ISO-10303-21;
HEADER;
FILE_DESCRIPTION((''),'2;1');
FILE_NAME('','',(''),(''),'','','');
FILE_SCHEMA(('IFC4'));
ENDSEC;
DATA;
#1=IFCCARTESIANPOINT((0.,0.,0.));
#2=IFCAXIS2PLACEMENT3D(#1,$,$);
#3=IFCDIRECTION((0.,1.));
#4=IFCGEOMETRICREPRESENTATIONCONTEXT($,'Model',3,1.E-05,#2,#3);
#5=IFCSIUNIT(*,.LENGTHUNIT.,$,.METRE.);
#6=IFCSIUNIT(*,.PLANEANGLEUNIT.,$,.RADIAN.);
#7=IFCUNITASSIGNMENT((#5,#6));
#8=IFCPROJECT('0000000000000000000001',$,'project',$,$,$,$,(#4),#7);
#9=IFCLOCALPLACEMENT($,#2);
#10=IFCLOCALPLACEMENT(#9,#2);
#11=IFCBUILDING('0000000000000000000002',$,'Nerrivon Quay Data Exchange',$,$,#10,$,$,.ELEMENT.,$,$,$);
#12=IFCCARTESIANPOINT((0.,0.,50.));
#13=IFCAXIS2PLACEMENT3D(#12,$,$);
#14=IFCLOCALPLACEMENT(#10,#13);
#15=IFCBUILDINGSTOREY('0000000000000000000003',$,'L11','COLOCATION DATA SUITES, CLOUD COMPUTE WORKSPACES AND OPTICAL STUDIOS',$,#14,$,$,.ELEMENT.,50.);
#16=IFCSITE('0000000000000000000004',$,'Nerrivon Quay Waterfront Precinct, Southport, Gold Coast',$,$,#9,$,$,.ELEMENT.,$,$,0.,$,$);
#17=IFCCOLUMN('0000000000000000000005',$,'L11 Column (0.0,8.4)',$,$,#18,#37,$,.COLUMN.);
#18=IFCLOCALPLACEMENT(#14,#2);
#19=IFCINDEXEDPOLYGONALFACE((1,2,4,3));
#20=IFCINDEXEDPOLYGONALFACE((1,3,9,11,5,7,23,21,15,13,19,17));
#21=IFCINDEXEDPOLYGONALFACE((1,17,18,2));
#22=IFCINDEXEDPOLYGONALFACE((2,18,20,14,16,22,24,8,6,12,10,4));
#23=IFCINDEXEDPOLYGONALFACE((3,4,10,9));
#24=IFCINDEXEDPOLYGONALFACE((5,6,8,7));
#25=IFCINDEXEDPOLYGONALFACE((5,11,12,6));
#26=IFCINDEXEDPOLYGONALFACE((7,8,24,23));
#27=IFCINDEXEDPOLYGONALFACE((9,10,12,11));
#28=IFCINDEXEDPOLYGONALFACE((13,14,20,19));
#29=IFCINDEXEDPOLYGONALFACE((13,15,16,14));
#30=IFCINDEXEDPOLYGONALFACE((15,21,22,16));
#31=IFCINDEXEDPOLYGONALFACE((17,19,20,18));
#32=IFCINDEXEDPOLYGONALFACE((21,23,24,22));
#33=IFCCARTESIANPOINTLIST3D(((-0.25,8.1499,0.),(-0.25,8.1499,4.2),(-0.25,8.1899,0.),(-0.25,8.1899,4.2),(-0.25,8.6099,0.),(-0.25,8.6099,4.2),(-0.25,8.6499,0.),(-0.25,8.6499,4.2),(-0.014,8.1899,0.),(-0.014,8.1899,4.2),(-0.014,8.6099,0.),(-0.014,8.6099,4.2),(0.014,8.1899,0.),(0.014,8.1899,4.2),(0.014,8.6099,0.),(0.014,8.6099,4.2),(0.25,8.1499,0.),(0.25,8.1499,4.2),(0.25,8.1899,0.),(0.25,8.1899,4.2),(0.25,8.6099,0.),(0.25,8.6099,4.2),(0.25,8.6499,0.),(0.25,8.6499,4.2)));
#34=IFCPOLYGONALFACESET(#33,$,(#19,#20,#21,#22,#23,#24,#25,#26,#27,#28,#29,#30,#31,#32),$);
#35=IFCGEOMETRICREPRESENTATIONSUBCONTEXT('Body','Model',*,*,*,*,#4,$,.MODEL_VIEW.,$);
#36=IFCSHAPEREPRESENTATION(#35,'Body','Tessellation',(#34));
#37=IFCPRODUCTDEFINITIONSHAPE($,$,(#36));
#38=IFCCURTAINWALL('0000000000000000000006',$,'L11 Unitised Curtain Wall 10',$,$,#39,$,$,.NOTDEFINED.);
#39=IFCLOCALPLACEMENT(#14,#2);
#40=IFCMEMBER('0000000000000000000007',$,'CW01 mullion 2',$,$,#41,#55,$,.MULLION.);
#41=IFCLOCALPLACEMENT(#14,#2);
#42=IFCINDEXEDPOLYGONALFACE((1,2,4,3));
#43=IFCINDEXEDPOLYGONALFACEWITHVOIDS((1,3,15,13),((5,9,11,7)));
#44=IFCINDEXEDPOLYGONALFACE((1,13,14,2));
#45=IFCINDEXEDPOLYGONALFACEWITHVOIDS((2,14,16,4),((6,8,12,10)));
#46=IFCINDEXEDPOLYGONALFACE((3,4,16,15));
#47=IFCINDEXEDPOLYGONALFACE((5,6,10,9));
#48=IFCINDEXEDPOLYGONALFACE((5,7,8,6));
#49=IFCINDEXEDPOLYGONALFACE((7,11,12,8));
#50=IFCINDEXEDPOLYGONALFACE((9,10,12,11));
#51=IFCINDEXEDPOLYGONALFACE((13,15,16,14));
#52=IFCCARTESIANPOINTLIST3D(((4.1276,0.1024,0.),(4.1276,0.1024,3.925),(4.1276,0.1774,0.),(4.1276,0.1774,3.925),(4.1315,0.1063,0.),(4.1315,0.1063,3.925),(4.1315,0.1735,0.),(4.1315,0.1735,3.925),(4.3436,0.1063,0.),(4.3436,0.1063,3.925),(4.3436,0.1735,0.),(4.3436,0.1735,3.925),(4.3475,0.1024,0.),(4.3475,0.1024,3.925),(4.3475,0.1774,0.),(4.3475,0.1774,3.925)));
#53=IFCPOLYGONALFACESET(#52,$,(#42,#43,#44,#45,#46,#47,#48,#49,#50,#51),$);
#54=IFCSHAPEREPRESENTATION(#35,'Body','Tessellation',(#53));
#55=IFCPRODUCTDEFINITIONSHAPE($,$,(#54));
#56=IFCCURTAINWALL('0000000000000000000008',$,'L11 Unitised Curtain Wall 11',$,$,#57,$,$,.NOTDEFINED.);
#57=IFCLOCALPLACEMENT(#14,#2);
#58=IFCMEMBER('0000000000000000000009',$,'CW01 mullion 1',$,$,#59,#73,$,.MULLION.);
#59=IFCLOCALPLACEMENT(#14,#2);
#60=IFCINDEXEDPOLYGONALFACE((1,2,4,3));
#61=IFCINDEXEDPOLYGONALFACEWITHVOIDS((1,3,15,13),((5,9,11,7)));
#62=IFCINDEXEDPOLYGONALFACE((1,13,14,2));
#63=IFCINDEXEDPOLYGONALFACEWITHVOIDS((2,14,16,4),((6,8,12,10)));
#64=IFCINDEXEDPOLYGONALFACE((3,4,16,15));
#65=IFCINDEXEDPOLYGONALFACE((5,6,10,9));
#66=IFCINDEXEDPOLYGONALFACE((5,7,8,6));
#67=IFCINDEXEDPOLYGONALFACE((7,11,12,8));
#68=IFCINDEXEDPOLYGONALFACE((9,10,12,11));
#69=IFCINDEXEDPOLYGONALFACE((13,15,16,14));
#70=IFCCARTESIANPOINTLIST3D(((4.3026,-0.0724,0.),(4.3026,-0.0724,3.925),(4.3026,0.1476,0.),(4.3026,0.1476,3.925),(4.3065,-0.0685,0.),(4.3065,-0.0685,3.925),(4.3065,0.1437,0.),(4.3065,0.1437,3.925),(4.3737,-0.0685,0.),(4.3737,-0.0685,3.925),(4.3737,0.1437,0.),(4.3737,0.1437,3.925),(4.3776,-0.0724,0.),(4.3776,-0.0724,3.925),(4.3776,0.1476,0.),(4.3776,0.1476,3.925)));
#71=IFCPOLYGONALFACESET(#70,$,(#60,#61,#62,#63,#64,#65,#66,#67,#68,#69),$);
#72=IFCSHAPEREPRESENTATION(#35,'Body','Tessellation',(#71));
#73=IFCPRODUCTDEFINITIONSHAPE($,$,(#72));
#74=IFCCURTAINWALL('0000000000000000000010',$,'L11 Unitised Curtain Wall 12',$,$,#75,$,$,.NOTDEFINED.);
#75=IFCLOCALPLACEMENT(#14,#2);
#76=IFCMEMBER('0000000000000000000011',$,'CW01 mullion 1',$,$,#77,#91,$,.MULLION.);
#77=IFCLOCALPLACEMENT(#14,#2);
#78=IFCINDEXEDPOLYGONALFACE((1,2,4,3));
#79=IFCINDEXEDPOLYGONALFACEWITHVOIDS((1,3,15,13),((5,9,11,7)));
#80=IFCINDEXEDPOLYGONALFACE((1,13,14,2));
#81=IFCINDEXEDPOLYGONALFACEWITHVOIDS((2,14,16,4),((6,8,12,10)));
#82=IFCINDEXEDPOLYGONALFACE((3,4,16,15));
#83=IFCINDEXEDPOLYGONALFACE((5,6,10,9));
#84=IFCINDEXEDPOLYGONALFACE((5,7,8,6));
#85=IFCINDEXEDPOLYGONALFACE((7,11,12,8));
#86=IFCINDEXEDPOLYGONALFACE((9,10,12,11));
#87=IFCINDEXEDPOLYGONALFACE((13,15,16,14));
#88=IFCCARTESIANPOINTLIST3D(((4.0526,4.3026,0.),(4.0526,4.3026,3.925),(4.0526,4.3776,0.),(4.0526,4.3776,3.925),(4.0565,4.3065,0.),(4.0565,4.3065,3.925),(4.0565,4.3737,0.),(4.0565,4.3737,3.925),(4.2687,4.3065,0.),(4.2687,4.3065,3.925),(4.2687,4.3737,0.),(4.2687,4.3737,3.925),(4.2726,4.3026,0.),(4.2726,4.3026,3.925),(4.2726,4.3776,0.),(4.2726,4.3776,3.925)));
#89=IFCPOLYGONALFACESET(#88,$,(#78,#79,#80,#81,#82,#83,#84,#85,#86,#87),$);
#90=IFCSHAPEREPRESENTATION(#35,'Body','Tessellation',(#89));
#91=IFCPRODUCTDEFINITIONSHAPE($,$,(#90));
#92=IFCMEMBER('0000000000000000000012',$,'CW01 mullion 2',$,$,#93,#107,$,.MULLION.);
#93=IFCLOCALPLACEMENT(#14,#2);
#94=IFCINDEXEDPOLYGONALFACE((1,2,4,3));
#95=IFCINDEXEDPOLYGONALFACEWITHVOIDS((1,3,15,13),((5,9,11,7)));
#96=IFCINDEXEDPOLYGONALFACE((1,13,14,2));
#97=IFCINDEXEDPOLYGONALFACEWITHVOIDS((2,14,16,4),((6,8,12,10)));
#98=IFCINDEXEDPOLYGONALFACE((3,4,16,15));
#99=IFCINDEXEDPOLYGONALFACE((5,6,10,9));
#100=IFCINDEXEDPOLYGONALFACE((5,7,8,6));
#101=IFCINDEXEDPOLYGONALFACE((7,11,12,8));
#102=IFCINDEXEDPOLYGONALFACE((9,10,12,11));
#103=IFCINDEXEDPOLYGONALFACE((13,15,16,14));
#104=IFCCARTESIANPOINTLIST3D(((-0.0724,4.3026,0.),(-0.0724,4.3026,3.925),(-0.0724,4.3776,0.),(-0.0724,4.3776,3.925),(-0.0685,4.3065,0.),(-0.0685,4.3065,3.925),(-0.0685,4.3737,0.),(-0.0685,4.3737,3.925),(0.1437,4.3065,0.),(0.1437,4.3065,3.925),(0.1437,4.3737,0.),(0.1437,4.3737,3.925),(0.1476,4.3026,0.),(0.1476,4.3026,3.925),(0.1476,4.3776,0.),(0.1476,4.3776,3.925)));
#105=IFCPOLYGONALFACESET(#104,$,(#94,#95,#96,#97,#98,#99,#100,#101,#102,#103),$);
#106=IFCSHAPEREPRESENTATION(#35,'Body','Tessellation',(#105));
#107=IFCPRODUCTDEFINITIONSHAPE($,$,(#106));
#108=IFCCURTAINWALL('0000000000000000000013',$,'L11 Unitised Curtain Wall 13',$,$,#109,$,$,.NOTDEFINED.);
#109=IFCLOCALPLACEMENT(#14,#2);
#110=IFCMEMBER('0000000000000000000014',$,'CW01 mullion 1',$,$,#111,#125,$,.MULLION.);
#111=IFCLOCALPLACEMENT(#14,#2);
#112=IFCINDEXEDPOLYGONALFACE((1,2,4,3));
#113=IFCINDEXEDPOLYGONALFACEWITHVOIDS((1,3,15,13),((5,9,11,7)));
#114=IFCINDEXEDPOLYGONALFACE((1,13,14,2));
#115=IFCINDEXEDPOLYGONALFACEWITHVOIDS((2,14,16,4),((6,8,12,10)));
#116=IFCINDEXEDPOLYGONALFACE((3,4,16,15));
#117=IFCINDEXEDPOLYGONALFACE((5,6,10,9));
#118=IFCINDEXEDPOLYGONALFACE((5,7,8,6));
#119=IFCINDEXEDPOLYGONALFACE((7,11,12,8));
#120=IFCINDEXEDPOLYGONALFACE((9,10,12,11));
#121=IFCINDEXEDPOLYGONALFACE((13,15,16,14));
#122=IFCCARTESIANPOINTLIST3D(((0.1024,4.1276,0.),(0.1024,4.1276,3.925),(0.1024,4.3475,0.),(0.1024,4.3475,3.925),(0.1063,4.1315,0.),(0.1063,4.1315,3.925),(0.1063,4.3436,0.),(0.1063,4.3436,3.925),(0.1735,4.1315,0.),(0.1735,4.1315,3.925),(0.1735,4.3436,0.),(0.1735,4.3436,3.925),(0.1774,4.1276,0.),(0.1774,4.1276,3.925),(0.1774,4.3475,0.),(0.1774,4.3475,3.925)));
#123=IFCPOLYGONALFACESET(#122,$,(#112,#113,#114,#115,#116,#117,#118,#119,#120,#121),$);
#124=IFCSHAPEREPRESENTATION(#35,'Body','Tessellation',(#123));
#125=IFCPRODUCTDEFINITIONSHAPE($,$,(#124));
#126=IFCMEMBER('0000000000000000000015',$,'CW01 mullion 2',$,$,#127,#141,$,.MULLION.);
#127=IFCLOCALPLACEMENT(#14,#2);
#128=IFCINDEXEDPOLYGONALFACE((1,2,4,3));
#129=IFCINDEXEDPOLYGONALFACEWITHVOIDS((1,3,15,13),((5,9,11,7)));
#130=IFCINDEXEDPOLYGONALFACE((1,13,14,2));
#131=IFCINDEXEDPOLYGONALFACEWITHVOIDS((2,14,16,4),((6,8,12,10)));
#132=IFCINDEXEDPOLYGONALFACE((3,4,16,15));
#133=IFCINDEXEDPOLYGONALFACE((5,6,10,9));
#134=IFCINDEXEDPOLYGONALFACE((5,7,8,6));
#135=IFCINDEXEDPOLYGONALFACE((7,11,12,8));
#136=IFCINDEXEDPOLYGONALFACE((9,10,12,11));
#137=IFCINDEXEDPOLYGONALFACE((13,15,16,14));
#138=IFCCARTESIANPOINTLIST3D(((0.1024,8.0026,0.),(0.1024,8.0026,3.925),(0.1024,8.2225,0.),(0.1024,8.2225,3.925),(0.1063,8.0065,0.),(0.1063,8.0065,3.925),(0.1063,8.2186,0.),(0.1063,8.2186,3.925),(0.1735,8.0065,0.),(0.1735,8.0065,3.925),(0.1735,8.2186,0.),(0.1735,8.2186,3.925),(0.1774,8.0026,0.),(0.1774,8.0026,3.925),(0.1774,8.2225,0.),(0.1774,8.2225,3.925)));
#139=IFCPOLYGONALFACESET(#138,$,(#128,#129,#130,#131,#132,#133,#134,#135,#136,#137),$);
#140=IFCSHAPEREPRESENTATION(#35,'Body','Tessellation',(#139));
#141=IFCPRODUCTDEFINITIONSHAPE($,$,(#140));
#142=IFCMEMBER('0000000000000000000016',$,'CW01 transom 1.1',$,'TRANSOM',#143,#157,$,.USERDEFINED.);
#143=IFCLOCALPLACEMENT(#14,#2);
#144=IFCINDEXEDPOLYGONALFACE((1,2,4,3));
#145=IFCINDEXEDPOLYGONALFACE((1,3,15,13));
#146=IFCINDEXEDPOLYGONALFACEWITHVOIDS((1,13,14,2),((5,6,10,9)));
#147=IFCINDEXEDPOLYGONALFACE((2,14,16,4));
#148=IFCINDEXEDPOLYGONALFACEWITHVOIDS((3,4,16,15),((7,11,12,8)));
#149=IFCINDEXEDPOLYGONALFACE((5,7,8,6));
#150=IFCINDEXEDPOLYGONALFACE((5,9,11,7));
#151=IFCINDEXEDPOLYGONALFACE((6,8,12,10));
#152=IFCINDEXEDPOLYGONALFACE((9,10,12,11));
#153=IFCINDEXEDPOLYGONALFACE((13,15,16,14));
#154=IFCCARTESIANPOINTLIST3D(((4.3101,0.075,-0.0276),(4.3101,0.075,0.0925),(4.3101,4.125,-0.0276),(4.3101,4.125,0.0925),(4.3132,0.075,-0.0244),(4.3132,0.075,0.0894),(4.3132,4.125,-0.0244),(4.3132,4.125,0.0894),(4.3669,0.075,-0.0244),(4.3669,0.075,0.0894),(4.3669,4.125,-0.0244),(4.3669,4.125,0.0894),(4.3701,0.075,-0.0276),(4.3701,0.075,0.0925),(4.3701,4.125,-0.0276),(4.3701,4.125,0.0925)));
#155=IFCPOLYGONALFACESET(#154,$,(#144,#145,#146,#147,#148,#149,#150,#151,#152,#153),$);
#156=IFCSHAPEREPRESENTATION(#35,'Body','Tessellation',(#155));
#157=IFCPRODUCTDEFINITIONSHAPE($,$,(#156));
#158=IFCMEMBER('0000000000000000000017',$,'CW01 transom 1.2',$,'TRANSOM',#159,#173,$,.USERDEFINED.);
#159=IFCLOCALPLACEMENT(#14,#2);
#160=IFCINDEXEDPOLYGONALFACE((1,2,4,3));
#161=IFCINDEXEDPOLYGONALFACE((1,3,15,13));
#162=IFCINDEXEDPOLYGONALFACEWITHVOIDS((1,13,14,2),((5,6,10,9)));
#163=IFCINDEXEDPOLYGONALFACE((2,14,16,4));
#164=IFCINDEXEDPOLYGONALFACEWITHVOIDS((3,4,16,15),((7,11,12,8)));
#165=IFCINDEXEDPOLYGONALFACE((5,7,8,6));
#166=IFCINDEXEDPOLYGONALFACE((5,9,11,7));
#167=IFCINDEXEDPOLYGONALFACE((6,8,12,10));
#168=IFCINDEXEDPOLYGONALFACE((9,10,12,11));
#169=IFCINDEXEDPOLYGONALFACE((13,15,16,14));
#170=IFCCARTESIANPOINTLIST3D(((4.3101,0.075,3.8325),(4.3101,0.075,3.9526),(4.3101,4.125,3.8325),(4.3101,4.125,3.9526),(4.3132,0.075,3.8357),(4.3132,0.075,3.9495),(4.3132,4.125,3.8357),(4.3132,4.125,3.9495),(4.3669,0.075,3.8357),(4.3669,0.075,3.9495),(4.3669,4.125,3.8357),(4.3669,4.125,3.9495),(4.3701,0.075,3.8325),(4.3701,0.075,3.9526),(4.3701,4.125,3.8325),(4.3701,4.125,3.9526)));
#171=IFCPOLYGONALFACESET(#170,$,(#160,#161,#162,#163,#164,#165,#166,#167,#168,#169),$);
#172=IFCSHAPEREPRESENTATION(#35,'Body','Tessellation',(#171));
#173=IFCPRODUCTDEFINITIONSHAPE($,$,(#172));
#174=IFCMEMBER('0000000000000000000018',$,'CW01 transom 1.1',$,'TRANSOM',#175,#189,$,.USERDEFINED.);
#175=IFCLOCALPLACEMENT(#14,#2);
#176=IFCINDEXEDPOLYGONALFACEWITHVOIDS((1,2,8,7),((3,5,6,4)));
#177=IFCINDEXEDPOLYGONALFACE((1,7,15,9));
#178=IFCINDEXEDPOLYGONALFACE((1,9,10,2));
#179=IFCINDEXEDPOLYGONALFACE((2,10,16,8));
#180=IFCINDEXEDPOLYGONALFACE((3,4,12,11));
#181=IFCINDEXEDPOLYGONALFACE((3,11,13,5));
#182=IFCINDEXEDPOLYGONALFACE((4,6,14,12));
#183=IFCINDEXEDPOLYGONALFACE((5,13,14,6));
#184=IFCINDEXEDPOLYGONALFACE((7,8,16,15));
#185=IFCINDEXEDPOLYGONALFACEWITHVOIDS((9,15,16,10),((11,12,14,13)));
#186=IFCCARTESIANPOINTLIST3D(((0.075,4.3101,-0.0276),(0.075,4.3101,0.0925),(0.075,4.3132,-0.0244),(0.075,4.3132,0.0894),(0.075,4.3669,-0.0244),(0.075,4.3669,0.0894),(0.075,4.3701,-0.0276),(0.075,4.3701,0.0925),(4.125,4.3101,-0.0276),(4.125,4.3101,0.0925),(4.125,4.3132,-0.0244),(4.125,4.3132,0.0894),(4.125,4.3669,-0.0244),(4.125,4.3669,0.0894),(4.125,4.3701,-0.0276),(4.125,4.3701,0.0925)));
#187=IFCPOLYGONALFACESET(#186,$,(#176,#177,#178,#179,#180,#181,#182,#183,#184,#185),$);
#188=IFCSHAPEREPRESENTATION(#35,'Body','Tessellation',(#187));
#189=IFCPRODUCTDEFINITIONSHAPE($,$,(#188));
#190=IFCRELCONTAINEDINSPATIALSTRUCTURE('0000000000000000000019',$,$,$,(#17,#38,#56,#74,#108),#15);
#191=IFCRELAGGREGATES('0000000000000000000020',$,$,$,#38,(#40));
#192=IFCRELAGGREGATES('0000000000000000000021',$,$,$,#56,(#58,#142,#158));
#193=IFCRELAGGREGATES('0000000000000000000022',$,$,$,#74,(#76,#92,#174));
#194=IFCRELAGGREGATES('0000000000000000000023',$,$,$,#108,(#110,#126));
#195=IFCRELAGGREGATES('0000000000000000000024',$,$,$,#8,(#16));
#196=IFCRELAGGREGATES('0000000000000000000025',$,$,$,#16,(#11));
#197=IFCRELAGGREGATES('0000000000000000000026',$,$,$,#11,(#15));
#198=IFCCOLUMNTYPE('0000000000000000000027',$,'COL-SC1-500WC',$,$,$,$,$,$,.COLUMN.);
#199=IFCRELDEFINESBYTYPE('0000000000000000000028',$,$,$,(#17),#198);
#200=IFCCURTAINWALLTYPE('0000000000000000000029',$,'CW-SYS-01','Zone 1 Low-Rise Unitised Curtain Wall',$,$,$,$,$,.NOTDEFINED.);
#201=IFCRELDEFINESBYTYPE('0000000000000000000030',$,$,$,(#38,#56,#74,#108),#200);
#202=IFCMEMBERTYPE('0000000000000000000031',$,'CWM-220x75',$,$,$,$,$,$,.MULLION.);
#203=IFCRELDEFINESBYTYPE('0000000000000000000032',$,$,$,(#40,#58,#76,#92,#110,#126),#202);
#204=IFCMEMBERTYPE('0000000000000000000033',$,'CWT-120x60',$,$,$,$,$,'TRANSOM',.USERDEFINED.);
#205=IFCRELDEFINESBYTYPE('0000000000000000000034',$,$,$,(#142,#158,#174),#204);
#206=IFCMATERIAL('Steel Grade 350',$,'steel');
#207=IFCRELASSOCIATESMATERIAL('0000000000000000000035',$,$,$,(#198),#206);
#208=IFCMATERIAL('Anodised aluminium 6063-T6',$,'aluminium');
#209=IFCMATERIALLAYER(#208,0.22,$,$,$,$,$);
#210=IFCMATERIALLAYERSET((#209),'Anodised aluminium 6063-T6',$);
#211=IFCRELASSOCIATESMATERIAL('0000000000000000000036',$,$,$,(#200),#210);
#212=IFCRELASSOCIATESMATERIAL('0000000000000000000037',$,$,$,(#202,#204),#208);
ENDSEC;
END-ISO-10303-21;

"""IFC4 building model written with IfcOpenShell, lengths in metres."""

from ifc_helpers import new_model, si_unit, direction, frame, origin, origin_2d, place, context, subcontext, project, spatial, hollow_rectangle, i_section, extrude, material, layer, layer_set, material_profile, profile_set, type_object, element, aggregate, save


model = new_model("IFC4")

# Units and contexts
model_context = context("Model", 3, precision=1e-05, world=origin(), true_north=direction((0.0, 1.0)))
body_context = subcontext(model_context, "Body", "Model", "MODEL_VIEW")
ifc_project = project(units=[si_unit("LENGTHUNIT", "METRE"), si_unit("PLANEANGLEUNIT", "RADIAN")], contexts=[model_context])

# Site, building, storey
site_placement = place(None, origin())
site = spatial("IfcSite", under=ifc_project, at=site_placement, Name="Nerrivon Quay Waterfront Precinct, Southport, Gold Coast", CompositionType="ELEMENT", RefElevation=0.0)
building_placement = place(site_placement, origin())
building = spatial("IfcBuilding", under=site, at=building_placement, Name="Nerrivon Quay Data Exchange", CompositionType="ELEMENT")
storey_placement = place(building_placement, frame((0.0, 0.0, 50.0)))
storey = spatial("IfcBuildingStorey", under=building, at=storey_placement, Name="L11", Description="COLOCATION DATA SUITES, CLOUD COMPUTE WORKSPACES AND OPTICAL STUDIOS", CompositionType="ELEMENT", Elevation=50.0)

# Column
ifc_material_1 = material(Name="Steel Grade 350", Category="steel")
ifc_material_profile_1 = material_profile(ifc_material_1, i_section(OverallWidth=0.5, OverallDepth=0.5, WebThickness=0.0281, FlangeThickness=0.04, at=origin_2d()), Name="500WC440")
ifc_profile_set_1 = profile_set([ifc_material_profile_1], Name="Steel Grade 350")
column_type = type_object("IfcColumnType", Name="COL-SC1-500WC", PredefinedType="COLUMN", material=ifc_profile_set_1)
column_placement = place(storey_placement, frame((0.0, 8.3999, 0.0), z_axis=(0.0, 0.0, 1.0), x_axis=(1.0, 0.0, 0.0)))
element("IfcColumn", 1, at=column_placement, inside=storey, type_object=column_type, Name="L11 Column (0.0,8.4)", PredefinedType="COLUMN", context=body_context, shape_type="SweptSolid", body=[
    extrude(i_section(OverallWidth=0.5, OverallDepth=0.5, WebThickness=0.0281, FlangeThickness=0.04, at=origin_2d()), origin(), (0.0, 0.0, 1.0), 4.2),
])

# Curtain walls, members
ifc_material_2 = material(Name="Anodised aluminium 6063-T6", Category="aluminium")
ifc_layer_1 = layer(ifc_material_2, 0.22)
ifc_layer_set_1 = layer_set([ifc_layer_1], Name="Anodised aluminium 6063-T6")
curtain_wall_type = type_object("IfcCurtainWallType", Name="CW-SYS-01", Description="Zone 1 Low-Rise Unitised Curtain Wall", PredefinedType="NOTDEFINED", material=ifc_layer_set_1)
curtain_wall_1_placement = place(storey_placement, origin())
curtain_wall_1 = element("IfcCurtainWall", 2, at=curtain_wall_1_placement, inside=storey, type_object=curtain_wall_type, Name="L11 Unitised Curtain Wall 10", PredefinedType="NOTDEFINED")
ifc_material_profile_2 = material_profile(ifc_material_2, hollow_rectangle(XDim=0.075, YDim=0.22, WallThickness=0.0039, at=origin_2d()), Name="ALU-MULL-220x75")
ifc_profile_set_2 = profile_set([ifc_material_profile_2], Name="Anodised aluminium 6063-T6")
member_type_1 = type_object("IfcMemberType", Name="CWM-220x75", PredefinedType="MULLION", material=ifc_profile_set_2)
member_1_placement = place(storey_placement, frame((4.2375, 0.1399, 0.0), z_axis=(0.0, 0.0, 1.0), x_axis=(0.0, -1.0, 0.0)))
member_1 = element("IfcMember", 3, at=member_1_placement, type_object=member_type_1, Name="CW01 mullion 2", PredefinedType="MULLION", context=body_context, shape_type="SweptSolid", body=[
    extrude(hollow_rectangle(XDim=0.075, YDim=0.22, WallThickness=0.0039, at=origin_2d()), origin(), (0.0, 0.0, 1.0), 3.925),
])
aggregate(curtain_wall_1, [member_1])
curtain_wall_2_placement = place(storey_placement, origin())
curtain_wall_2 = element("IfcCurtainWall", 4, at=curtain_wall_2_placement, inside=storey, type_object=curtain_wall_type, Name="L11 Unitised Curtain Wall 11", PredefinedType="NOTDEFINED")
member_2_placement = place(storey_placement, frame((4.3401, 0.0376, 0.0), z_axis=(0.0, 0.0, 1.0), x_axis=(-1.0, 0.0, 0.0)))
member_2 = element("IfcMember", 5, at=member_2_placement, type_object=member_type_1, Name="CW01 mullion 1", PredefinedType="MULLION", context=body_context, shape_type="SweptSolid", body=[
    extrude(hollow_rectangle(XDim=0.075, YDim=0.22, WallThickness=0.0039, at=origin_2d()), origin(), (0.0, 0.0, 1.0), 3.925),
])

# Curtain walls, members
curtain_wall_3_placement = place(storey_placement, origin())
curtain_wall_3 = element("IfcCurtainWall", 6, at=curtain_wall_3_placement, inside=storey, type_object=curtain_wall_type, Name="L11 Unitised Curtain Wall 12", PredefinedType="NOTDEFINED")
member_3_placement = place(storey_placement, frame((4.1626, 4.3401, 0.0), z_axis=(0.0, 0.0, 1.0), x_axis=(0.0, -1.0, 0.0)))
member_3 = element("IfcMember", 7, at=member_3_placement, type_object=member_type_1, Name="CW01 mullion 1", PredefinedType="MULLION", context=body_context, shape_type="SweptSolid", body=[
    extrude(hollow_rectangle(XDim=0.075, YDim=0.22, WallThickness=0.0039, at=origin_2d()), origin(), (0.0, 0.0, 1.0), 3.925),
])
member_4_placement = place(storey_placement, frame((0.0376, 4.3401, 0.0), z_axis=(0.0, 0.0, 1.0), x_axis=(0.0, -1.0, 0.0)))
member_4 = element("IfcMember", 8, at=member_4_placement, type_object=member_type_1, Name="CW01 mullion 2", PredefinedType="MULLION", context=body_context, shape_type="SweptSolid", body=[
    extrude(hollow_rectangle(XDim=0.075, YDim=0.22, WallThickness=0.0039, at=origin_2d()), origin(), (0.0, 0.0, 1.0), 3.925),
])
curtain_wall_4_placement = place(storey_placement, origin())
curtain_wall_4 = element("IfcCurtainWall", 9, at=curtain_wall_4_placement, inside=storey, type_object=curtain_wall_type, Name="L11 Unitised Curtain Wall 13", PredefinedType="NOTDEFINED")
member_5_placement = place(storey_placement, frame((0.1399, 4.2375, 0.0), z_axis=(0.0, 0.0, 1.0), x_axis=(-1.0, 0.0, 0.0)))
member_5 = element("IfcMember", 10, at=member_5_placement, type_object=member_type_1, Name="CW01 mullion 1", PredefinedType="MULLION", context=body_context, shape_type="SweptSolid", body=[
    extrude(hollow_rectangle(XDim=0.075, YDim=0.22, WallThickness=0.0039, at=origin_2d()), origin(), (0.0, 0.0, 1.0), 3.925),
])
member_6_placement = place(storey_placement, frame((0.1399, 8.1125, 0.0), z_axis=(0.0, 0.0, 1.0), x_axis=(-1.0, 0.0, 0.0)))
member_6 = element("IfcMember", 11, at=member_6_placement, type_object=member_type_1, Name="CW01 mullion 2", PredefinedType="MULLION", context=body_context, shape_type="SweptSolid", body=[
    extrude(hollow_rectangle(XDim=0.075, YDim=0.22, WallThickness=0.0039, at=origin_2d()), origin(), (0.0, 0.0, 1.0), 3.925),
])

# Members
ifc_material_profile_3 = material_profile(ifc_material_2, hollow_rectangle(XDim=0.0601, YDim=0.1201, WallThickness=0.0032, at=origin_2d()), Name="ALU-TRAN-120x60")
ifc_profile_set_3 = profile_set([ifc_material_profile_3], Name="Anodised aluminium 6063-T6")
member_type_2 = type_object("IfcMemberType", Name="CWT-120x60", ElementType="TRANSOM", PredefinedType="USERDEFINED", material=ifc_profile_set_3)
member_7_placement = place(storey_placement, frame((4.3401, 0.075, 0.0325), z_axis=(0.0, 1.0, 0.0), x_axis=(-1.0, 0.0, 0.0)))
member_7 = element("IfcMember", 12, at=member_7_placement, type_object=member_type_2, Name="CW01 transom 1.1", ObjectType="TRANSOM", PredefinedType="USERDEFINED", context=body_context, shape_type="SweptSolid", body=[
    extrude(hollow_rectangle(XDim=0.0601, YDim=0.1201, WallThickness=0.0032, at=origin_2d()), origin(), (0.0, 0.0, 1.0), 4.05),
])
member_8_placement = place(storey_placement, frame((4.3401, 0.075, 3.8926), z_axis=(0.0, 1.0, 0.0), x_axis=(-1.0, 0.0, 0.0)))
member_8 = element("IfcMember", 13, at=member_8_placement, type_object=member_type_2, Name="CW01 transom 1.2", ObjectType="TRANSOM", PredefinedType="USERDEFINED", context=body_context, shape_type="SweptSolid", body=[
    extrude(hollow_rectangle(XDim=0.0601, YDim=0.1201, WallThickness=0.0032, at=origin_2d()), origin(), (0.0, 0.0, 1.0), 4.05),
])
member_9_placement = place(storey_placement, frame((4.125, 4.3401, 0.0325), z_axis=(-1.0, 0.0, 0.0), x_axis=(0.0, -1.0, 0.0)))
member_9 = element("IfcMember", 14, at=member_9_placement, type_object=member_type_2, Name="CW01 transom 1.1", ObjectType="TRANSOM", PredefinedType="USERDEFINED", context=body_context, shape_type="SweptSolid", body=[
    extrude(hollow_rectangle(XDim=0.0601, YDim=0.1201, WallThickness=0.0032, at=origin_2d()), origin(), (0.0, 0.0, 1.0), 4.05),
])

aggregate(curtain_wall_2, [member_2, member_7, member_8])
aggregate(curtain_wall_3, [member_3, member_4, member_9])
aggregate(curtain_wall_4, [member_5, member_6])

save(model, "model.ifc")
